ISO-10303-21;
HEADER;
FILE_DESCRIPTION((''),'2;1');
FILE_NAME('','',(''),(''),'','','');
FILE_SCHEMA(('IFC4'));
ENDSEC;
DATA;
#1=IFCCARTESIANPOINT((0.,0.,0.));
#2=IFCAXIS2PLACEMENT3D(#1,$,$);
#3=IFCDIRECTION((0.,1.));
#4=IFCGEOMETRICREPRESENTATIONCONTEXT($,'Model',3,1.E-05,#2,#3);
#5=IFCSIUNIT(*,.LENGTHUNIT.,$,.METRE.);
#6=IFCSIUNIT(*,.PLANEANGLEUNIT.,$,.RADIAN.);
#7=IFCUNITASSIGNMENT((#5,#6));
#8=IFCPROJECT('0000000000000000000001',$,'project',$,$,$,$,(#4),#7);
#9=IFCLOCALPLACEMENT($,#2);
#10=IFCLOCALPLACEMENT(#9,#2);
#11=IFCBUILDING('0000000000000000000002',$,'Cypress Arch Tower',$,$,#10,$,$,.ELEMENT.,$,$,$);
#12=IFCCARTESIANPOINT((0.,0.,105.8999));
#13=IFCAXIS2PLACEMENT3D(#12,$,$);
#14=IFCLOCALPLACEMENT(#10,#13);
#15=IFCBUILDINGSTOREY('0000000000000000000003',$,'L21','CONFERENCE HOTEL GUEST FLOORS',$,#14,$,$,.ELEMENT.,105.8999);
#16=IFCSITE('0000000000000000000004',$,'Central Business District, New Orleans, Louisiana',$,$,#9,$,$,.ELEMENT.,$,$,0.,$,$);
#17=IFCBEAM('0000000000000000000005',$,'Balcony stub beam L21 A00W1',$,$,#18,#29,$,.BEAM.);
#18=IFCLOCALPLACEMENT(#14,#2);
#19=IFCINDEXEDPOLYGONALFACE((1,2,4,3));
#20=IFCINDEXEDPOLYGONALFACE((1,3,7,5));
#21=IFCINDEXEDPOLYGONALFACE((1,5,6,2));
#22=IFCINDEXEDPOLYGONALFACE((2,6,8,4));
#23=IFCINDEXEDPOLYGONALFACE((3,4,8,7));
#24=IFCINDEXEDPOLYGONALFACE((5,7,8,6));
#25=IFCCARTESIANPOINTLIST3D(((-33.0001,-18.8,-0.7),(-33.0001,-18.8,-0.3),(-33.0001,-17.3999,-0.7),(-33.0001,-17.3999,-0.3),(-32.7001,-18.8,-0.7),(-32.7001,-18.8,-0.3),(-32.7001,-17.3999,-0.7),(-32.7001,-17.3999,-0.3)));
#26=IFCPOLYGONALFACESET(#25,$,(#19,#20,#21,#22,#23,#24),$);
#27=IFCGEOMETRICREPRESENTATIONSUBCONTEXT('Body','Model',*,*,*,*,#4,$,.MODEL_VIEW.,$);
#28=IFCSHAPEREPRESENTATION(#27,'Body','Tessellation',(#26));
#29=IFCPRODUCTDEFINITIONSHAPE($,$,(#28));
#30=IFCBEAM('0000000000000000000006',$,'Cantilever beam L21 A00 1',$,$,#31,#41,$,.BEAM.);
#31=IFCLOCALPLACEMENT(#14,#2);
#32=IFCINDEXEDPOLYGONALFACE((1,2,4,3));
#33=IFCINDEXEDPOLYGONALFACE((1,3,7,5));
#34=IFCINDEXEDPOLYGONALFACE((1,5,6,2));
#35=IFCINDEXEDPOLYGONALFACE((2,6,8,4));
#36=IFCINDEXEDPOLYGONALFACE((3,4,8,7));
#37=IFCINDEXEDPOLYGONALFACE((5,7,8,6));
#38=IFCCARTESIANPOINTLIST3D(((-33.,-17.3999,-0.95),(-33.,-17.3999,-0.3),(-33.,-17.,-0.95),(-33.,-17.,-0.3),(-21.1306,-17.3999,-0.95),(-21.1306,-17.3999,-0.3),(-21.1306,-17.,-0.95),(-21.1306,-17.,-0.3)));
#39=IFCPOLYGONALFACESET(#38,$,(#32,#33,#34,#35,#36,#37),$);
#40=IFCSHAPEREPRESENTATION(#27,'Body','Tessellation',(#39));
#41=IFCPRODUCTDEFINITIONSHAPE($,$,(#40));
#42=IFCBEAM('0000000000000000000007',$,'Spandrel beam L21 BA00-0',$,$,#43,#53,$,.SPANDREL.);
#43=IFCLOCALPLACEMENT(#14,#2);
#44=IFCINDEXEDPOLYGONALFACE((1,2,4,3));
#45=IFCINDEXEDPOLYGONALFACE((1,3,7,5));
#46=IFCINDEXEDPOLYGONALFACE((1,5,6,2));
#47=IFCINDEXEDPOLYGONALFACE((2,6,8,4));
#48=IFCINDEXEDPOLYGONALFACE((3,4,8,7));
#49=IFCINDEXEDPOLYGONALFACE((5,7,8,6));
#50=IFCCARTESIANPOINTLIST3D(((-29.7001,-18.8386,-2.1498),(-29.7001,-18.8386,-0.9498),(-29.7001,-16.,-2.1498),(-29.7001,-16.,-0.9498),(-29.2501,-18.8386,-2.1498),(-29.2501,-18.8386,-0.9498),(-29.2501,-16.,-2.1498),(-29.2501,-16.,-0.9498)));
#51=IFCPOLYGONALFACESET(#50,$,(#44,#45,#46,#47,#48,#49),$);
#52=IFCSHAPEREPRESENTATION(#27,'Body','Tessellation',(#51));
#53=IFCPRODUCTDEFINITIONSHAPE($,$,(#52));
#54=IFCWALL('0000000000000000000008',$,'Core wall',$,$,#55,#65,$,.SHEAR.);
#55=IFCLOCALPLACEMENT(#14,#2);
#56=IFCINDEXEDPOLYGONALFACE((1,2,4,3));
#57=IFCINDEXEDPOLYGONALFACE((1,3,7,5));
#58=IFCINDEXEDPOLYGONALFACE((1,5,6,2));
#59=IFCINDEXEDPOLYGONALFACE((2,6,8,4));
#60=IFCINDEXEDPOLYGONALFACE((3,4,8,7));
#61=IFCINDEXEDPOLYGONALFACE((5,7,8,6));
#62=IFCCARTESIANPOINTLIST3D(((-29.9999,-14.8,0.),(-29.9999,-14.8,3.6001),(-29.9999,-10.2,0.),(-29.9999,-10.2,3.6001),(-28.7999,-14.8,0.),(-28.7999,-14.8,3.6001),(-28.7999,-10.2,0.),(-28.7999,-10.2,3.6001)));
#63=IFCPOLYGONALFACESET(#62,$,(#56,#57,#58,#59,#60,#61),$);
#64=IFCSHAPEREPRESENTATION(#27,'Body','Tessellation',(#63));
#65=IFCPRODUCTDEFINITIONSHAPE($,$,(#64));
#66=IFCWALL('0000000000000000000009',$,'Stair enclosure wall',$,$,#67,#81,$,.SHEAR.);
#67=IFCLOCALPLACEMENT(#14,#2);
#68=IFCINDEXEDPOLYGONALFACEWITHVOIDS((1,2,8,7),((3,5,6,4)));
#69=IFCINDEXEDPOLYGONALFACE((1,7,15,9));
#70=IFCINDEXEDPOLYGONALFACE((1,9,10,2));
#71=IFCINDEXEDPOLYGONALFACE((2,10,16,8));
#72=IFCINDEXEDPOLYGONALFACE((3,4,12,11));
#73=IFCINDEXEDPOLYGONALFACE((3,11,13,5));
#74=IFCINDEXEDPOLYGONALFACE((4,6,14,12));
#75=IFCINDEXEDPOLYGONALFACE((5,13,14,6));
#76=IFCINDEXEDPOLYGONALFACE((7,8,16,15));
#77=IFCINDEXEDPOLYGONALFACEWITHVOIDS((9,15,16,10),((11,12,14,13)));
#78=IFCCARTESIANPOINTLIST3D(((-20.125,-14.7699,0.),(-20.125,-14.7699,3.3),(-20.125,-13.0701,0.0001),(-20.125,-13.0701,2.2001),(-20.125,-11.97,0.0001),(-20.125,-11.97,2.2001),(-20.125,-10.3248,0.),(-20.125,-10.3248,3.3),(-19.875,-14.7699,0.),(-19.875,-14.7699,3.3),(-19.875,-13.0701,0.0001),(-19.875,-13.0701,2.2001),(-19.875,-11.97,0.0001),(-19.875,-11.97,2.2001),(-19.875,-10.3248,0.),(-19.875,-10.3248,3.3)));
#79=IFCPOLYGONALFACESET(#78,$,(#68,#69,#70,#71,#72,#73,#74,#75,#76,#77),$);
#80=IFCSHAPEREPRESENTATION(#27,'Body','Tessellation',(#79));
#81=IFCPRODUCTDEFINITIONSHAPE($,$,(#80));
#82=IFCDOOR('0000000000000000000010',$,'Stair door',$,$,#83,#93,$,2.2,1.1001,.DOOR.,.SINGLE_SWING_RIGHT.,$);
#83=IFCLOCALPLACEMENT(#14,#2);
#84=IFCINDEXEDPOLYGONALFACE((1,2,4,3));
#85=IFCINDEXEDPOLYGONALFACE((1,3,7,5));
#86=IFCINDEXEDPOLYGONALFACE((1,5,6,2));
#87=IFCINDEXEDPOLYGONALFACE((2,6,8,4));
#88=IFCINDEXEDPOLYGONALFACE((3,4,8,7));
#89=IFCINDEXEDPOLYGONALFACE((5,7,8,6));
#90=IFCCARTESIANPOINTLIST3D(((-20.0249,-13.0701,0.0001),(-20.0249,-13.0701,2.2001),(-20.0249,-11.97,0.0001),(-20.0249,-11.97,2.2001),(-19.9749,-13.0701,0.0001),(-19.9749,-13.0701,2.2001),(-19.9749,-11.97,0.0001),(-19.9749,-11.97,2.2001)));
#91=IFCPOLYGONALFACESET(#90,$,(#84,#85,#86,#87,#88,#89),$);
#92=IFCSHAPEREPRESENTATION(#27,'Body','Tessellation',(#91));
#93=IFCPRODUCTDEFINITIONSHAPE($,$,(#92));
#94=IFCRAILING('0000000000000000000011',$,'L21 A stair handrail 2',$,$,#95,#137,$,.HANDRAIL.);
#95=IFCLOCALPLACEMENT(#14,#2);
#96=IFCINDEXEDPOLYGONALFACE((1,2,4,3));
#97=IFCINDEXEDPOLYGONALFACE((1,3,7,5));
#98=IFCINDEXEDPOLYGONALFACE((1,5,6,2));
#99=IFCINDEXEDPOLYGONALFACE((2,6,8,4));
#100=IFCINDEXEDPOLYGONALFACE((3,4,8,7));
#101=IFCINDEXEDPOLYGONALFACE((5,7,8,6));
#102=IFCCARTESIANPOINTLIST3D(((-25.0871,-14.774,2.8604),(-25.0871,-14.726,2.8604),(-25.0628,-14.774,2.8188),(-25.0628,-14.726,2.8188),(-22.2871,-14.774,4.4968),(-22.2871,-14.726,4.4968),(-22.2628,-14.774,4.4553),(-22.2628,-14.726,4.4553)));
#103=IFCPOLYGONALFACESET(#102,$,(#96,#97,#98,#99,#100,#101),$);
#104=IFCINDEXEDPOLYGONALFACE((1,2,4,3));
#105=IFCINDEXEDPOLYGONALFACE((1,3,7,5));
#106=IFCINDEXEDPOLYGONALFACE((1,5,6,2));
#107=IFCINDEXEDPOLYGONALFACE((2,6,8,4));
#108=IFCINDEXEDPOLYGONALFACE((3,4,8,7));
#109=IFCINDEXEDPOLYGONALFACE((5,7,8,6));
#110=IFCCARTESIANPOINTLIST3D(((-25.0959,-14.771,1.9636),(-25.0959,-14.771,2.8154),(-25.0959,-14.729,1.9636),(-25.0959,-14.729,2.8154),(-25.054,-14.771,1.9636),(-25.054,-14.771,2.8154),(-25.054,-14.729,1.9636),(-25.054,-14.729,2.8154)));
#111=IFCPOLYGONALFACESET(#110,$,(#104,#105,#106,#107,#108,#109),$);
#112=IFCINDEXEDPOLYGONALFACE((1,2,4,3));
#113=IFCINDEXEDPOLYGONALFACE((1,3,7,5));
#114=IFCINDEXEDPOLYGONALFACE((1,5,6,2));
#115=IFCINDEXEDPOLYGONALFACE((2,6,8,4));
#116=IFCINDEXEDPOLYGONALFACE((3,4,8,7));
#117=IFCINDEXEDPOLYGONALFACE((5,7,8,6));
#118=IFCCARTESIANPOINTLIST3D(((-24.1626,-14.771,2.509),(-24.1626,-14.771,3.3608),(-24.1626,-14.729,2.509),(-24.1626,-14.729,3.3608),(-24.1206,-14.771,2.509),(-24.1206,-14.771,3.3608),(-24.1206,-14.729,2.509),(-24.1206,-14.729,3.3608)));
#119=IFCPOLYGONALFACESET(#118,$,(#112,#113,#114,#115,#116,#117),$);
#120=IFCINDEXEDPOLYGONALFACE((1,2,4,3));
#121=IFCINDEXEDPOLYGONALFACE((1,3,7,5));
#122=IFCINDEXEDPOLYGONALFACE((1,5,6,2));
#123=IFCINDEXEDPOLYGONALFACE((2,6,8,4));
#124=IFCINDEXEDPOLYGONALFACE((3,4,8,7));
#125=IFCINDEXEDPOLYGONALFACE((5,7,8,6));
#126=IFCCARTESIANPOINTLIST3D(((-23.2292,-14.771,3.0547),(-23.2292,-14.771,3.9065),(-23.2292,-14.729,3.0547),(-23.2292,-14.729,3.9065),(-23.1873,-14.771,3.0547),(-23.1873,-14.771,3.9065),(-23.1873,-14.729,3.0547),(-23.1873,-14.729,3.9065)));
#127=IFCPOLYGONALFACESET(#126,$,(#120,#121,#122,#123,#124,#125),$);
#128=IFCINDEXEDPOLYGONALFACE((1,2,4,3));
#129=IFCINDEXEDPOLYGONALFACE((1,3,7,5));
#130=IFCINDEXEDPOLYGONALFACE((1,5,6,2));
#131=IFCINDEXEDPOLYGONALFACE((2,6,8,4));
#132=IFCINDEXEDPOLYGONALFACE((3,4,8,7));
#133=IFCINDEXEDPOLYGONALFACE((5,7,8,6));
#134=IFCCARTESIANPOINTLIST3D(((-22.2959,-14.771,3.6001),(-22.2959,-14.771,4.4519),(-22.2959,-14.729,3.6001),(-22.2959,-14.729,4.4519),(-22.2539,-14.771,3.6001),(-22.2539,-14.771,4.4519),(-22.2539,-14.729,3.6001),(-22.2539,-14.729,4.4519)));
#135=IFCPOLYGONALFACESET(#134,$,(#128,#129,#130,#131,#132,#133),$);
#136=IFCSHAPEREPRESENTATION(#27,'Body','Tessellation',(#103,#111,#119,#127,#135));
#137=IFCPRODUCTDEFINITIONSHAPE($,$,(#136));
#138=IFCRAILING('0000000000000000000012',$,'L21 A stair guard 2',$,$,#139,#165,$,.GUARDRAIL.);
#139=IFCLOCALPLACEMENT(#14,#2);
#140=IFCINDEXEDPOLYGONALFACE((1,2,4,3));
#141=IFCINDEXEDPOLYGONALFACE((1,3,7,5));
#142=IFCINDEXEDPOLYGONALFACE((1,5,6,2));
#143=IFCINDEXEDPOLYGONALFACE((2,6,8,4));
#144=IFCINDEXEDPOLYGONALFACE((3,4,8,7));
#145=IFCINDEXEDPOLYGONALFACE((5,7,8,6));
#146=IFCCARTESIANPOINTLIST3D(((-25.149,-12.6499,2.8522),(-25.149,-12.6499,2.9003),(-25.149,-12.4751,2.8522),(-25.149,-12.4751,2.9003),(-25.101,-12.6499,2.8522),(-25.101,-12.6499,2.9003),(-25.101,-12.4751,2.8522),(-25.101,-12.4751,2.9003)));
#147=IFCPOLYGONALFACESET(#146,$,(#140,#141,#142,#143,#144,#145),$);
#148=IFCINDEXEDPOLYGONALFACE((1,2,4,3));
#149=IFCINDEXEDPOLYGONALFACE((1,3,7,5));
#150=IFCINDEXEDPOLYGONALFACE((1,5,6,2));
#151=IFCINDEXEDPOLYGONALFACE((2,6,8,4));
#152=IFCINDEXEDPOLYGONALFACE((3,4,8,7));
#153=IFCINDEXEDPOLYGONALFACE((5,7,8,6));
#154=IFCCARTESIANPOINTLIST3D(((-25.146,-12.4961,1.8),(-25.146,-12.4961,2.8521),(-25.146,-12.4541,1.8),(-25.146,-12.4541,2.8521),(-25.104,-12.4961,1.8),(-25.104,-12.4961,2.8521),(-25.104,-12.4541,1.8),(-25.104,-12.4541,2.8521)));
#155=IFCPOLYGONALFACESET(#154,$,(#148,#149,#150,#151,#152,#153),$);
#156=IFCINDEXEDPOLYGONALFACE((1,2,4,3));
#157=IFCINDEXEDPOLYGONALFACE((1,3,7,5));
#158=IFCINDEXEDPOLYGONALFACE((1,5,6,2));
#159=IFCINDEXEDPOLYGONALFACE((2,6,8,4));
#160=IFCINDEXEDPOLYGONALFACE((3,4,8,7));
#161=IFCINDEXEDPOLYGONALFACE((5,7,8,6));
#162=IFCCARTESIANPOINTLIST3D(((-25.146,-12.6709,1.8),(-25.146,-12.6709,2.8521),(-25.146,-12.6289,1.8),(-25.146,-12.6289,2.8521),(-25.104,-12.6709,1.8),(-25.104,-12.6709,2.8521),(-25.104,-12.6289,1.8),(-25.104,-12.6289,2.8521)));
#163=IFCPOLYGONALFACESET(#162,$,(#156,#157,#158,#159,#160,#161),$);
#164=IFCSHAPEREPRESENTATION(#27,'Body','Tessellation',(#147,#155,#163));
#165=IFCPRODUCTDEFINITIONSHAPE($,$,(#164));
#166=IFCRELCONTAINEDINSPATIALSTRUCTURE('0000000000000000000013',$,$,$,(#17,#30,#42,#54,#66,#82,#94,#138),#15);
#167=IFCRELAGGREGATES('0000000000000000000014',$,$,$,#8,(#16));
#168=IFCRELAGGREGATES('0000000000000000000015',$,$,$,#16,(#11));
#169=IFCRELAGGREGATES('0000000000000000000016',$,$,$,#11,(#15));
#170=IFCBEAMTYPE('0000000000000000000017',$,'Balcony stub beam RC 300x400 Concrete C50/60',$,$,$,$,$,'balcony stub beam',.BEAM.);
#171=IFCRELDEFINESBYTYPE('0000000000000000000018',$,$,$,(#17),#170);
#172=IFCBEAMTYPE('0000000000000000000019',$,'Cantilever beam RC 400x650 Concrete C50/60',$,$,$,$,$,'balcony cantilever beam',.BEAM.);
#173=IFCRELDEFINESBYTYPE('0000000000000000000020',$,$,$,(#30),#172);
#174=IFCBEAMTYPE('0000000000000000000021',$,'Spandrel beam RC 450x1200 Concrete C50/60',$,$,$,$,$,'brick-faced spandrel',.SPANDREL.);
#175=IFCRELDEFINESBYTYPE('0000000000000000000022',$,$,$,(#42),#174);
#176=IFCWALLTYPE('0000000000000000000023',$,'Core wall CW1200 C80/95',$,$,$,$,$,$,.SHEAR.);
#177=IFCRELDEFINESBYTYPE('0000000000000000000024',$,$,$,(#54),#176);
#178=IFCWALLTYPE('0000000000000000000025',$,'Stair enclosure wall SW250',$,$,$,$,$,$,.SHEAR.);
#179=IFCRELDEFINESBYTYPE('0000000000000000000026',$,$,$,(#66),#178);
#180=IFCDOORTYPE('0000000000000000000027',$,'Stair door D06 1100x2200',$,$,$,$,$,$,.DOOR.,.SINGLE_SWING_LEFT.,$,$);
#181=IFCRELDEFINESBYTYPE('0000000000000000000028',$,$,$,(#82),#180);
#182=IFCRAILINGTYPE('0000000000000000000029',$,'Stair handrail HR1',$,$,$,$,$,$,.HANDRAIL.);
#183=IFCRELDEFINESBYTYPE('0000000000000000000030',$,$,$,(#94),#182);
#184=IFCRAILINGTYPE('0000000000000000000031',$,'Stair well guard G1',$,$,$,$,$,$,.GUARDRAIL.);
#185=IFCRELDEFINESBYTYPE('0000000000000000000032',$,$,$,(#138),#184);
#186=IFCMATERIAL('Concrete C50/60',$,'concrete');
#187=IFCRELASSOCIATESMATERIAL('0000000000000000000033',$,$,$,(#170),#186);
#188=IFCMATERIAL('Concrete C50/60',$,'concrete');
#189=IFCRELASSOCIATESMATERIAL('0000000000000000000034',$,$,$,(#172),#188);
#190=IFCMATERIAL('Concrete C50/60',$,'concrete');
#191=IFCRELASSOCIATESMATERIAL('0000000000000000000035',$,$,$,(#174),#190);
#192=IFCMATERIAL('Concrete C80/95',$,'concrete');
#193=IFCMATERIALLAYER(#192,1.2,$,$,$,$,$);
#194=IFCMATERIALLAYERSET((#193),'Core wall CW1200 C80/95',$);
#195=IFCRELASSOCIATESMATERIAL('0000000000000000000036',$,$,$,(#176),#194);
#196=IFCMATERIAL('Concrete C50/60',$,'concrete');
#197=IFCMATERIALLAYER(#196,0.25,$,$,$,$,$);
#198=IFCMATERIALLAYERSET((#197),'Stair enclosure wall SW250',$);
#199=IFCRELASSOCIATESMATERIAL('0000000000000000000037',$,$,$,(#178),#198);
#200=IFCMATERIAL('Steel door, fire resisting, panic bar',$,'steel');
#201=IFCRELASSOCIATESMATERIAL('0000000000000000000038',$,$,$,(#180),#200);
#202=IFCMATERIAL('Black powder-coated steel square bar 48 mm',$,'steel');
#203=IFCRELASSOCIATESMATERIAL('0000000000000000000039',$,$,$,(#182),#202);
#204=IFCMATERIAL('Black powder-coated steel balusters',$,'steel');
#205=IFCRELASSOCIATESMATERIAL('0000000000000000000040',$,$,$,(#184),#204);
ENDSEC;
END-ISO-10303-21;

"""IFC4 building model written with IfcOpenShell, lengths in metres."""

from ifc_helpers import new_model, si_unit, direction, frame, frame_2d, origin, origin_2d, place, context, subcontext, project, spatial, rectangle, extrude, material, layer, layer_set, material_profile, profile_set, type_object, element, fill, save


model = new_model("IFC4")

# Units and contexts
model_context = context("Model", 3, precision=1e-05, world=origin(), true_north=direction((0.0, 1.0)))
body_context = subcontext(model_context, "Body", "Model", "MODEL_VIEW")
ifc_project = project(units=[si_unit("LENGTHUNIT", "METRE"), si_unit("PLANEANGLEUNIT", "RADIAN")], contexts=[model_context])

# Site, building, storey
site_placement = place(None, origin())
site = spatial("IfcSite", under=ifc_project, at=site_placement, Name="Central Business District, New Orleans, Louisiana", CompositionType="ELEMENT", RefElevation=0.0)
building_placement = place(site_placement, origin())
building = spatial("IfcBuilding", under=site, at=building_placement, Name="Cypress Arch Tower", CompositionType="ELEMENT")
storey_placement = place(building_placement, frame((0.0, 0.0, 105.8999)))
storey = spatial("IfcBuildingStorey", under=building, at=storey_placement, Name="L21", Description="CONFERENCE HOTEL GUEST FLOORS", CompositionType="ELEMENT", Elevation=105.8999)

# Beams
ifc_material_1 = material(Name="Concrete C50/60", Category="concrete")
ifc_material_profile_1 = material_profile(ifc_material_1, rectangle(XDim=0.3, YDim=0.3999, at=origin_2d()), Name="RC 300x400")
ifc_profile_set_1 = profile_set([ifc_material_profile_1], Name="Concrete C50/60")
beam_type_1 = type_object("IfcBeamType", Name="Balcony stub beam RC 300x400 Concrete C50/60", ElementType="balcony stub beam", PredefinedType="BEAM", material=ifc_profile_set_1)
beam_1_placement = place(storey_placement, frame((-32.8501, -17.3999, -0.5), z_axis=(0.0, -1.0, 0.0), x_axis=(1.0, 0.0, 0.0)))
element("IfcBeam", 1, at=beam_1_placement, inside=storey, type_object=beam_type_1, Name="Balcony stub beam L21 A00W1", PredefinedType="BEAM", context=body_context, shape_type="SweptSolid", body=[
    extrude(rectangle(XDim=0.3, YDim=0.3999, at=origin_2d()), origin(), (0.0, 0.0, 1.0), 1.4001),
])
ifc_material_2 = material(Name="Concrete C50/60", Category="concrete")
ifc_material_profile_2 = material_profile(ifc_material_2, rectangle(XDim=0.3999, YDim=0.6499, at=origin_2d()), Name="RC 400x650")
ifc_profile_set_2 = profile_set([ifc_material_profile_2], Name="Concrete C50/60")
beam_type_2 = type_object("IfcBeamType", Name="Cantilever beam RC 400x650 Concrete C50/60", ElementType="balcony cantilever beam", PredefinedType="BEAM", material=ifc_profile_set_2)
beam_2_placement = place(storey_placement, frame((-21.1306, -17.2, -0.625), z_axis=(-1.0, 0.0, 0.0), x_axis=(0.0, -1.0, 0.0)))
element("IfcBeam", 2, at=beam_2_placement, inside=storey, type_object=beam_type_2, Name="Cantilever beam L21 A00 1", PredefinedType="BEAM", context=body_context, shape_type="SweptSolid", body=[
    extrude(rectangle(XDim=0.3999, YDim=0.6499, at=origin_2d()), origin(), (0.0, 0.0, 1.0), 11.8694),
])
ifc_material_3 = material(Name="Concrete C50/60", Category="concrete")
ifc_material_profile_3 = material_profile(ifc_material_3, rectangle(XDim=0.45, YDim=1.2, at=origin_2d()), Name="RC 450x1200")
ifc_profile_set_3 = profile_set([ifc_material_profile_3], Name="Concrete C50/60")
beam_type_3 = type_object("IfcBeamType", Name="Spandrel beam RC 450x1200 Concrete C50/60", ElementType="brick-faced spandrel", PredefinedType="SPANDREL", material=ifc_profile_set_3)
beam_3_placement = place(storey_placement, frame((-29.4751, -16.0, -1.5498), z_axis=(0.0, -1.0, 0.0), x_axis=(1.0, 0.0, 0.0)))
element("IfcBeam", 3, at=beam_3_placement, inside=storey, type_object=beam_type_3, Name="Spandrel beam L21 BA00-0", PredefinedType="SPANDREL", context=body_context, shape_type="SweptSolid", body=[
    extrude(rectangle(XDim=0.45, YDim=1.2, at=origin_2d()), origin(), (0.0, 0.0, 1.0), 2.8386),
])

# Shared definitions
ifc_material_4 = material(Name="Concrete C80/95", Category="concrete")
ifc_layer_1 = layer(ifc_material_4, 1.2)
ifc_layer_set_1 = layer_set([ifc_layer_1], Name="Core wall CW1200 C80/95")
wall_type_1 = type_object("IfcWallType", Name="Core wall CW1200 C80/95", PredefinedType="SHEAR", material=ifc_layer_set_1)

# Wall
wall_1_placement = place(storey_placement, frame((-29.3999, -14.8, 0.0), z_axis=(0.0, 0.0, 1.0), x_axis=(0.0, 1.0, 0.0)))
element("IfcWall", 4, at=wall_1_placement, inside=storey, type_object=wall_type_1, Name="Core wall", PredefinedType="SHEAR", context=body_context, shape_type="SweptSolid", body=[
    extrude(rectangle(XDim=4.6001, YDim=1.2, at=frame_2d((2.3, 0.0))), origin(), (0.0, 0.0, 1.0), 3.6001),
])

# Wall, opening, door
ifc_material_5 = material(Name="Concrete C50/60", Category="concrete")
ifc_layer_2 = layer(ifc_material_5, 0.25)
ifc_layer_set_2 = layer_set([ifc_layer_2], Name="Stair enclosure wall SW250")
wall_type_2 = type_object("IfcWallType", Name="Stair enclosure wall SW250", PredefinedType="SHEAR", material=ifc_layer_set_2)
wall_2_placement = place(storey_placement, frame((-20.0, -14.77, 0.0), z_axis=(0.0, 0.0, 1.0), x_axis=(0.0, 1.0, 0.0)))
wall_2 = element("IfcWall", 5, at=wall_2_placement, inside=storey, type_object=wall_type_2, Name="Stair enclosure wall", PredefinedType="SHEAR", context=body_context, shape_type="SweptSolid", body=[
    extrude(rectangle(XDim=4.4451, YDim=0.25, at=frame_2d((2.2227, 0.0))), origin(), (0.0, 0.0, 1.0), 3.3),
])
opening_1_placement = place(wall_2_placement, frame((1.7, 0.0, 0.0)))
opening_1 = element("IfcOpeningElement", 6, at=opening_1_placement, cuts=wall_2, PredefinedType="OPENING", context=body_context, shape_type="SweptSolid", body=[
    extrude(rectangle(XDim=1.1001, YDim=2.2, at=frame_2d((0.55, 1.1001))), frame((0.0, 0.135, 0.0), z_axis=(0.0, -1.0, 0.0), x_axis=(1.0, 0.0, 0.0)), (0.0, 0.0, 1.0), 0.27),
])
ifc_material_6 = material(Name="Steel door, fire resisting, panic bar", Category="steel")
door_type_1 = type_object("IfcDoorType", Name="Stair door D06 1100x2200", OperationType="SINGLE_SWING_LEFT", PredefinedType="DOOR", material=ifc_material_6)
door_1_placement = place(opening_1_placement, origin())
door_1 = element("IfcDoor", 7, at=door_1_placement, inside=storey, type_object=door_type_1, Name="Stair door", OperationType="SINGLE_SWING_RIGHT", OverallHeight=2.2, OverallWidth=1.1001, PredefinedType="DOOR", context=body_context, shape_type="SweptSolid", body=[
    extrude(rectangle(XDim=1.1001, YDim=2.2, at=frame_2d((0.55, 1.1001))), frame((0.0, 0.0249, 0.0), z_axis=(0.0, -1.0, 0.0), x_axis=(1.0, 0.0, 0.0)), (0.0, 0.0, 1.0), 0.05),
])
fill(opening_1, door_1)

# Railings
ifc_material_7 = material(Name="Black powder-coated steel square bar 48 mm", Category="steel")
railing_type_1 = type_object("IfcRailingType", Name="Stair handrail HR1", PredefinedType="HANDRAIL", material=ifc_material_7)
railing_1_placement = place(storey_placement, frame((-25.075, -14.75, 1.9636)))
element("IfcRailing", 8, at=railing_1_placement, inside=storey, type_object=railing_type_1, Name="L21 A stair handrail 2", PredefinedType="HANDRAIL", context=body_context, shape_type="SweptSolid", body=[
    extrude(rectangle(XDim=0.0481, YDim=0.0481, at=origin_2d()), frame((0.0, 0.0, 0.876), z_axis=(0.863361, 0.0, 0.504587), x_axis=(0.0, 1.0, 0.0)), (0.0, 0.0, 1.0), 3.2432),
    extrude(rectangle(XDim=0.042, YDim=0.042, at=origin_2d()), origin(), (0.0, 0.0, 1.0), 0.8518),
    extrude(rectangle(XDim=0.042, YDim=0.042, at=origin_2d()), frame((0.9333, 0.0, 0.5454)), (0.0, 0.0, 1.0), 0.8518),
    extrude(rectangle(XDim=0.042, YDim=0.042, at=origin_2d()), frame((1.8667, 0.0, 1.0911)), (0.0, 0.0, 1.0), 0.8518),
    extrude(rectangle(XDim=0.042, YDim=0.042, at=origin_2d()), frame((2.8, 0.0, 1.6365)), (0.0, 0.0, 1.0), 0.8518),
])
ifc_material_8 = material(Name="Black powder-coated steel balusters", Category="steel")
railing_type_2 = type_object("IfcRailingType", Name="Stair well guard G1", PredefinedType="GUARDRAIL", material=ifc_material_8)
railing_2_placement = place(storey_placement, frame((-25.125, -12.4751, 1.8)))
element("IfcRailing", 9, at=railing_2_placement, inside=storey, type_object=railing_type_2, Name="L21 A stair guard 2", PredefinedType="GUARDRAIL", context=body_context, shape_type="SweptSolid", body=[
    extrude(rectangle(XDim=0.0481, YDim=0.0481, at=origin_2d()), frame((0.0, 0.0, 1.0762), z_axis=(0.0, -1.0, 0.0), x_axis=(1.0, 0.0, 0.0)), (0.0, 0.0, 1.0), 0.1748),
    extrude(rectangle(XDim=0.042, YDim=0.042, at=origin_2d()), origin(), (0.0, 0.0, 1.0), 1.052),
    extrude(rectangle(XDim=0.042, YDim=0.042, at=origin_2d()), frame((0.0, -0.1748, 0.0)), (0.0, 0.0, 1.0), 1.052),
])

save(model, "model.ifc")
